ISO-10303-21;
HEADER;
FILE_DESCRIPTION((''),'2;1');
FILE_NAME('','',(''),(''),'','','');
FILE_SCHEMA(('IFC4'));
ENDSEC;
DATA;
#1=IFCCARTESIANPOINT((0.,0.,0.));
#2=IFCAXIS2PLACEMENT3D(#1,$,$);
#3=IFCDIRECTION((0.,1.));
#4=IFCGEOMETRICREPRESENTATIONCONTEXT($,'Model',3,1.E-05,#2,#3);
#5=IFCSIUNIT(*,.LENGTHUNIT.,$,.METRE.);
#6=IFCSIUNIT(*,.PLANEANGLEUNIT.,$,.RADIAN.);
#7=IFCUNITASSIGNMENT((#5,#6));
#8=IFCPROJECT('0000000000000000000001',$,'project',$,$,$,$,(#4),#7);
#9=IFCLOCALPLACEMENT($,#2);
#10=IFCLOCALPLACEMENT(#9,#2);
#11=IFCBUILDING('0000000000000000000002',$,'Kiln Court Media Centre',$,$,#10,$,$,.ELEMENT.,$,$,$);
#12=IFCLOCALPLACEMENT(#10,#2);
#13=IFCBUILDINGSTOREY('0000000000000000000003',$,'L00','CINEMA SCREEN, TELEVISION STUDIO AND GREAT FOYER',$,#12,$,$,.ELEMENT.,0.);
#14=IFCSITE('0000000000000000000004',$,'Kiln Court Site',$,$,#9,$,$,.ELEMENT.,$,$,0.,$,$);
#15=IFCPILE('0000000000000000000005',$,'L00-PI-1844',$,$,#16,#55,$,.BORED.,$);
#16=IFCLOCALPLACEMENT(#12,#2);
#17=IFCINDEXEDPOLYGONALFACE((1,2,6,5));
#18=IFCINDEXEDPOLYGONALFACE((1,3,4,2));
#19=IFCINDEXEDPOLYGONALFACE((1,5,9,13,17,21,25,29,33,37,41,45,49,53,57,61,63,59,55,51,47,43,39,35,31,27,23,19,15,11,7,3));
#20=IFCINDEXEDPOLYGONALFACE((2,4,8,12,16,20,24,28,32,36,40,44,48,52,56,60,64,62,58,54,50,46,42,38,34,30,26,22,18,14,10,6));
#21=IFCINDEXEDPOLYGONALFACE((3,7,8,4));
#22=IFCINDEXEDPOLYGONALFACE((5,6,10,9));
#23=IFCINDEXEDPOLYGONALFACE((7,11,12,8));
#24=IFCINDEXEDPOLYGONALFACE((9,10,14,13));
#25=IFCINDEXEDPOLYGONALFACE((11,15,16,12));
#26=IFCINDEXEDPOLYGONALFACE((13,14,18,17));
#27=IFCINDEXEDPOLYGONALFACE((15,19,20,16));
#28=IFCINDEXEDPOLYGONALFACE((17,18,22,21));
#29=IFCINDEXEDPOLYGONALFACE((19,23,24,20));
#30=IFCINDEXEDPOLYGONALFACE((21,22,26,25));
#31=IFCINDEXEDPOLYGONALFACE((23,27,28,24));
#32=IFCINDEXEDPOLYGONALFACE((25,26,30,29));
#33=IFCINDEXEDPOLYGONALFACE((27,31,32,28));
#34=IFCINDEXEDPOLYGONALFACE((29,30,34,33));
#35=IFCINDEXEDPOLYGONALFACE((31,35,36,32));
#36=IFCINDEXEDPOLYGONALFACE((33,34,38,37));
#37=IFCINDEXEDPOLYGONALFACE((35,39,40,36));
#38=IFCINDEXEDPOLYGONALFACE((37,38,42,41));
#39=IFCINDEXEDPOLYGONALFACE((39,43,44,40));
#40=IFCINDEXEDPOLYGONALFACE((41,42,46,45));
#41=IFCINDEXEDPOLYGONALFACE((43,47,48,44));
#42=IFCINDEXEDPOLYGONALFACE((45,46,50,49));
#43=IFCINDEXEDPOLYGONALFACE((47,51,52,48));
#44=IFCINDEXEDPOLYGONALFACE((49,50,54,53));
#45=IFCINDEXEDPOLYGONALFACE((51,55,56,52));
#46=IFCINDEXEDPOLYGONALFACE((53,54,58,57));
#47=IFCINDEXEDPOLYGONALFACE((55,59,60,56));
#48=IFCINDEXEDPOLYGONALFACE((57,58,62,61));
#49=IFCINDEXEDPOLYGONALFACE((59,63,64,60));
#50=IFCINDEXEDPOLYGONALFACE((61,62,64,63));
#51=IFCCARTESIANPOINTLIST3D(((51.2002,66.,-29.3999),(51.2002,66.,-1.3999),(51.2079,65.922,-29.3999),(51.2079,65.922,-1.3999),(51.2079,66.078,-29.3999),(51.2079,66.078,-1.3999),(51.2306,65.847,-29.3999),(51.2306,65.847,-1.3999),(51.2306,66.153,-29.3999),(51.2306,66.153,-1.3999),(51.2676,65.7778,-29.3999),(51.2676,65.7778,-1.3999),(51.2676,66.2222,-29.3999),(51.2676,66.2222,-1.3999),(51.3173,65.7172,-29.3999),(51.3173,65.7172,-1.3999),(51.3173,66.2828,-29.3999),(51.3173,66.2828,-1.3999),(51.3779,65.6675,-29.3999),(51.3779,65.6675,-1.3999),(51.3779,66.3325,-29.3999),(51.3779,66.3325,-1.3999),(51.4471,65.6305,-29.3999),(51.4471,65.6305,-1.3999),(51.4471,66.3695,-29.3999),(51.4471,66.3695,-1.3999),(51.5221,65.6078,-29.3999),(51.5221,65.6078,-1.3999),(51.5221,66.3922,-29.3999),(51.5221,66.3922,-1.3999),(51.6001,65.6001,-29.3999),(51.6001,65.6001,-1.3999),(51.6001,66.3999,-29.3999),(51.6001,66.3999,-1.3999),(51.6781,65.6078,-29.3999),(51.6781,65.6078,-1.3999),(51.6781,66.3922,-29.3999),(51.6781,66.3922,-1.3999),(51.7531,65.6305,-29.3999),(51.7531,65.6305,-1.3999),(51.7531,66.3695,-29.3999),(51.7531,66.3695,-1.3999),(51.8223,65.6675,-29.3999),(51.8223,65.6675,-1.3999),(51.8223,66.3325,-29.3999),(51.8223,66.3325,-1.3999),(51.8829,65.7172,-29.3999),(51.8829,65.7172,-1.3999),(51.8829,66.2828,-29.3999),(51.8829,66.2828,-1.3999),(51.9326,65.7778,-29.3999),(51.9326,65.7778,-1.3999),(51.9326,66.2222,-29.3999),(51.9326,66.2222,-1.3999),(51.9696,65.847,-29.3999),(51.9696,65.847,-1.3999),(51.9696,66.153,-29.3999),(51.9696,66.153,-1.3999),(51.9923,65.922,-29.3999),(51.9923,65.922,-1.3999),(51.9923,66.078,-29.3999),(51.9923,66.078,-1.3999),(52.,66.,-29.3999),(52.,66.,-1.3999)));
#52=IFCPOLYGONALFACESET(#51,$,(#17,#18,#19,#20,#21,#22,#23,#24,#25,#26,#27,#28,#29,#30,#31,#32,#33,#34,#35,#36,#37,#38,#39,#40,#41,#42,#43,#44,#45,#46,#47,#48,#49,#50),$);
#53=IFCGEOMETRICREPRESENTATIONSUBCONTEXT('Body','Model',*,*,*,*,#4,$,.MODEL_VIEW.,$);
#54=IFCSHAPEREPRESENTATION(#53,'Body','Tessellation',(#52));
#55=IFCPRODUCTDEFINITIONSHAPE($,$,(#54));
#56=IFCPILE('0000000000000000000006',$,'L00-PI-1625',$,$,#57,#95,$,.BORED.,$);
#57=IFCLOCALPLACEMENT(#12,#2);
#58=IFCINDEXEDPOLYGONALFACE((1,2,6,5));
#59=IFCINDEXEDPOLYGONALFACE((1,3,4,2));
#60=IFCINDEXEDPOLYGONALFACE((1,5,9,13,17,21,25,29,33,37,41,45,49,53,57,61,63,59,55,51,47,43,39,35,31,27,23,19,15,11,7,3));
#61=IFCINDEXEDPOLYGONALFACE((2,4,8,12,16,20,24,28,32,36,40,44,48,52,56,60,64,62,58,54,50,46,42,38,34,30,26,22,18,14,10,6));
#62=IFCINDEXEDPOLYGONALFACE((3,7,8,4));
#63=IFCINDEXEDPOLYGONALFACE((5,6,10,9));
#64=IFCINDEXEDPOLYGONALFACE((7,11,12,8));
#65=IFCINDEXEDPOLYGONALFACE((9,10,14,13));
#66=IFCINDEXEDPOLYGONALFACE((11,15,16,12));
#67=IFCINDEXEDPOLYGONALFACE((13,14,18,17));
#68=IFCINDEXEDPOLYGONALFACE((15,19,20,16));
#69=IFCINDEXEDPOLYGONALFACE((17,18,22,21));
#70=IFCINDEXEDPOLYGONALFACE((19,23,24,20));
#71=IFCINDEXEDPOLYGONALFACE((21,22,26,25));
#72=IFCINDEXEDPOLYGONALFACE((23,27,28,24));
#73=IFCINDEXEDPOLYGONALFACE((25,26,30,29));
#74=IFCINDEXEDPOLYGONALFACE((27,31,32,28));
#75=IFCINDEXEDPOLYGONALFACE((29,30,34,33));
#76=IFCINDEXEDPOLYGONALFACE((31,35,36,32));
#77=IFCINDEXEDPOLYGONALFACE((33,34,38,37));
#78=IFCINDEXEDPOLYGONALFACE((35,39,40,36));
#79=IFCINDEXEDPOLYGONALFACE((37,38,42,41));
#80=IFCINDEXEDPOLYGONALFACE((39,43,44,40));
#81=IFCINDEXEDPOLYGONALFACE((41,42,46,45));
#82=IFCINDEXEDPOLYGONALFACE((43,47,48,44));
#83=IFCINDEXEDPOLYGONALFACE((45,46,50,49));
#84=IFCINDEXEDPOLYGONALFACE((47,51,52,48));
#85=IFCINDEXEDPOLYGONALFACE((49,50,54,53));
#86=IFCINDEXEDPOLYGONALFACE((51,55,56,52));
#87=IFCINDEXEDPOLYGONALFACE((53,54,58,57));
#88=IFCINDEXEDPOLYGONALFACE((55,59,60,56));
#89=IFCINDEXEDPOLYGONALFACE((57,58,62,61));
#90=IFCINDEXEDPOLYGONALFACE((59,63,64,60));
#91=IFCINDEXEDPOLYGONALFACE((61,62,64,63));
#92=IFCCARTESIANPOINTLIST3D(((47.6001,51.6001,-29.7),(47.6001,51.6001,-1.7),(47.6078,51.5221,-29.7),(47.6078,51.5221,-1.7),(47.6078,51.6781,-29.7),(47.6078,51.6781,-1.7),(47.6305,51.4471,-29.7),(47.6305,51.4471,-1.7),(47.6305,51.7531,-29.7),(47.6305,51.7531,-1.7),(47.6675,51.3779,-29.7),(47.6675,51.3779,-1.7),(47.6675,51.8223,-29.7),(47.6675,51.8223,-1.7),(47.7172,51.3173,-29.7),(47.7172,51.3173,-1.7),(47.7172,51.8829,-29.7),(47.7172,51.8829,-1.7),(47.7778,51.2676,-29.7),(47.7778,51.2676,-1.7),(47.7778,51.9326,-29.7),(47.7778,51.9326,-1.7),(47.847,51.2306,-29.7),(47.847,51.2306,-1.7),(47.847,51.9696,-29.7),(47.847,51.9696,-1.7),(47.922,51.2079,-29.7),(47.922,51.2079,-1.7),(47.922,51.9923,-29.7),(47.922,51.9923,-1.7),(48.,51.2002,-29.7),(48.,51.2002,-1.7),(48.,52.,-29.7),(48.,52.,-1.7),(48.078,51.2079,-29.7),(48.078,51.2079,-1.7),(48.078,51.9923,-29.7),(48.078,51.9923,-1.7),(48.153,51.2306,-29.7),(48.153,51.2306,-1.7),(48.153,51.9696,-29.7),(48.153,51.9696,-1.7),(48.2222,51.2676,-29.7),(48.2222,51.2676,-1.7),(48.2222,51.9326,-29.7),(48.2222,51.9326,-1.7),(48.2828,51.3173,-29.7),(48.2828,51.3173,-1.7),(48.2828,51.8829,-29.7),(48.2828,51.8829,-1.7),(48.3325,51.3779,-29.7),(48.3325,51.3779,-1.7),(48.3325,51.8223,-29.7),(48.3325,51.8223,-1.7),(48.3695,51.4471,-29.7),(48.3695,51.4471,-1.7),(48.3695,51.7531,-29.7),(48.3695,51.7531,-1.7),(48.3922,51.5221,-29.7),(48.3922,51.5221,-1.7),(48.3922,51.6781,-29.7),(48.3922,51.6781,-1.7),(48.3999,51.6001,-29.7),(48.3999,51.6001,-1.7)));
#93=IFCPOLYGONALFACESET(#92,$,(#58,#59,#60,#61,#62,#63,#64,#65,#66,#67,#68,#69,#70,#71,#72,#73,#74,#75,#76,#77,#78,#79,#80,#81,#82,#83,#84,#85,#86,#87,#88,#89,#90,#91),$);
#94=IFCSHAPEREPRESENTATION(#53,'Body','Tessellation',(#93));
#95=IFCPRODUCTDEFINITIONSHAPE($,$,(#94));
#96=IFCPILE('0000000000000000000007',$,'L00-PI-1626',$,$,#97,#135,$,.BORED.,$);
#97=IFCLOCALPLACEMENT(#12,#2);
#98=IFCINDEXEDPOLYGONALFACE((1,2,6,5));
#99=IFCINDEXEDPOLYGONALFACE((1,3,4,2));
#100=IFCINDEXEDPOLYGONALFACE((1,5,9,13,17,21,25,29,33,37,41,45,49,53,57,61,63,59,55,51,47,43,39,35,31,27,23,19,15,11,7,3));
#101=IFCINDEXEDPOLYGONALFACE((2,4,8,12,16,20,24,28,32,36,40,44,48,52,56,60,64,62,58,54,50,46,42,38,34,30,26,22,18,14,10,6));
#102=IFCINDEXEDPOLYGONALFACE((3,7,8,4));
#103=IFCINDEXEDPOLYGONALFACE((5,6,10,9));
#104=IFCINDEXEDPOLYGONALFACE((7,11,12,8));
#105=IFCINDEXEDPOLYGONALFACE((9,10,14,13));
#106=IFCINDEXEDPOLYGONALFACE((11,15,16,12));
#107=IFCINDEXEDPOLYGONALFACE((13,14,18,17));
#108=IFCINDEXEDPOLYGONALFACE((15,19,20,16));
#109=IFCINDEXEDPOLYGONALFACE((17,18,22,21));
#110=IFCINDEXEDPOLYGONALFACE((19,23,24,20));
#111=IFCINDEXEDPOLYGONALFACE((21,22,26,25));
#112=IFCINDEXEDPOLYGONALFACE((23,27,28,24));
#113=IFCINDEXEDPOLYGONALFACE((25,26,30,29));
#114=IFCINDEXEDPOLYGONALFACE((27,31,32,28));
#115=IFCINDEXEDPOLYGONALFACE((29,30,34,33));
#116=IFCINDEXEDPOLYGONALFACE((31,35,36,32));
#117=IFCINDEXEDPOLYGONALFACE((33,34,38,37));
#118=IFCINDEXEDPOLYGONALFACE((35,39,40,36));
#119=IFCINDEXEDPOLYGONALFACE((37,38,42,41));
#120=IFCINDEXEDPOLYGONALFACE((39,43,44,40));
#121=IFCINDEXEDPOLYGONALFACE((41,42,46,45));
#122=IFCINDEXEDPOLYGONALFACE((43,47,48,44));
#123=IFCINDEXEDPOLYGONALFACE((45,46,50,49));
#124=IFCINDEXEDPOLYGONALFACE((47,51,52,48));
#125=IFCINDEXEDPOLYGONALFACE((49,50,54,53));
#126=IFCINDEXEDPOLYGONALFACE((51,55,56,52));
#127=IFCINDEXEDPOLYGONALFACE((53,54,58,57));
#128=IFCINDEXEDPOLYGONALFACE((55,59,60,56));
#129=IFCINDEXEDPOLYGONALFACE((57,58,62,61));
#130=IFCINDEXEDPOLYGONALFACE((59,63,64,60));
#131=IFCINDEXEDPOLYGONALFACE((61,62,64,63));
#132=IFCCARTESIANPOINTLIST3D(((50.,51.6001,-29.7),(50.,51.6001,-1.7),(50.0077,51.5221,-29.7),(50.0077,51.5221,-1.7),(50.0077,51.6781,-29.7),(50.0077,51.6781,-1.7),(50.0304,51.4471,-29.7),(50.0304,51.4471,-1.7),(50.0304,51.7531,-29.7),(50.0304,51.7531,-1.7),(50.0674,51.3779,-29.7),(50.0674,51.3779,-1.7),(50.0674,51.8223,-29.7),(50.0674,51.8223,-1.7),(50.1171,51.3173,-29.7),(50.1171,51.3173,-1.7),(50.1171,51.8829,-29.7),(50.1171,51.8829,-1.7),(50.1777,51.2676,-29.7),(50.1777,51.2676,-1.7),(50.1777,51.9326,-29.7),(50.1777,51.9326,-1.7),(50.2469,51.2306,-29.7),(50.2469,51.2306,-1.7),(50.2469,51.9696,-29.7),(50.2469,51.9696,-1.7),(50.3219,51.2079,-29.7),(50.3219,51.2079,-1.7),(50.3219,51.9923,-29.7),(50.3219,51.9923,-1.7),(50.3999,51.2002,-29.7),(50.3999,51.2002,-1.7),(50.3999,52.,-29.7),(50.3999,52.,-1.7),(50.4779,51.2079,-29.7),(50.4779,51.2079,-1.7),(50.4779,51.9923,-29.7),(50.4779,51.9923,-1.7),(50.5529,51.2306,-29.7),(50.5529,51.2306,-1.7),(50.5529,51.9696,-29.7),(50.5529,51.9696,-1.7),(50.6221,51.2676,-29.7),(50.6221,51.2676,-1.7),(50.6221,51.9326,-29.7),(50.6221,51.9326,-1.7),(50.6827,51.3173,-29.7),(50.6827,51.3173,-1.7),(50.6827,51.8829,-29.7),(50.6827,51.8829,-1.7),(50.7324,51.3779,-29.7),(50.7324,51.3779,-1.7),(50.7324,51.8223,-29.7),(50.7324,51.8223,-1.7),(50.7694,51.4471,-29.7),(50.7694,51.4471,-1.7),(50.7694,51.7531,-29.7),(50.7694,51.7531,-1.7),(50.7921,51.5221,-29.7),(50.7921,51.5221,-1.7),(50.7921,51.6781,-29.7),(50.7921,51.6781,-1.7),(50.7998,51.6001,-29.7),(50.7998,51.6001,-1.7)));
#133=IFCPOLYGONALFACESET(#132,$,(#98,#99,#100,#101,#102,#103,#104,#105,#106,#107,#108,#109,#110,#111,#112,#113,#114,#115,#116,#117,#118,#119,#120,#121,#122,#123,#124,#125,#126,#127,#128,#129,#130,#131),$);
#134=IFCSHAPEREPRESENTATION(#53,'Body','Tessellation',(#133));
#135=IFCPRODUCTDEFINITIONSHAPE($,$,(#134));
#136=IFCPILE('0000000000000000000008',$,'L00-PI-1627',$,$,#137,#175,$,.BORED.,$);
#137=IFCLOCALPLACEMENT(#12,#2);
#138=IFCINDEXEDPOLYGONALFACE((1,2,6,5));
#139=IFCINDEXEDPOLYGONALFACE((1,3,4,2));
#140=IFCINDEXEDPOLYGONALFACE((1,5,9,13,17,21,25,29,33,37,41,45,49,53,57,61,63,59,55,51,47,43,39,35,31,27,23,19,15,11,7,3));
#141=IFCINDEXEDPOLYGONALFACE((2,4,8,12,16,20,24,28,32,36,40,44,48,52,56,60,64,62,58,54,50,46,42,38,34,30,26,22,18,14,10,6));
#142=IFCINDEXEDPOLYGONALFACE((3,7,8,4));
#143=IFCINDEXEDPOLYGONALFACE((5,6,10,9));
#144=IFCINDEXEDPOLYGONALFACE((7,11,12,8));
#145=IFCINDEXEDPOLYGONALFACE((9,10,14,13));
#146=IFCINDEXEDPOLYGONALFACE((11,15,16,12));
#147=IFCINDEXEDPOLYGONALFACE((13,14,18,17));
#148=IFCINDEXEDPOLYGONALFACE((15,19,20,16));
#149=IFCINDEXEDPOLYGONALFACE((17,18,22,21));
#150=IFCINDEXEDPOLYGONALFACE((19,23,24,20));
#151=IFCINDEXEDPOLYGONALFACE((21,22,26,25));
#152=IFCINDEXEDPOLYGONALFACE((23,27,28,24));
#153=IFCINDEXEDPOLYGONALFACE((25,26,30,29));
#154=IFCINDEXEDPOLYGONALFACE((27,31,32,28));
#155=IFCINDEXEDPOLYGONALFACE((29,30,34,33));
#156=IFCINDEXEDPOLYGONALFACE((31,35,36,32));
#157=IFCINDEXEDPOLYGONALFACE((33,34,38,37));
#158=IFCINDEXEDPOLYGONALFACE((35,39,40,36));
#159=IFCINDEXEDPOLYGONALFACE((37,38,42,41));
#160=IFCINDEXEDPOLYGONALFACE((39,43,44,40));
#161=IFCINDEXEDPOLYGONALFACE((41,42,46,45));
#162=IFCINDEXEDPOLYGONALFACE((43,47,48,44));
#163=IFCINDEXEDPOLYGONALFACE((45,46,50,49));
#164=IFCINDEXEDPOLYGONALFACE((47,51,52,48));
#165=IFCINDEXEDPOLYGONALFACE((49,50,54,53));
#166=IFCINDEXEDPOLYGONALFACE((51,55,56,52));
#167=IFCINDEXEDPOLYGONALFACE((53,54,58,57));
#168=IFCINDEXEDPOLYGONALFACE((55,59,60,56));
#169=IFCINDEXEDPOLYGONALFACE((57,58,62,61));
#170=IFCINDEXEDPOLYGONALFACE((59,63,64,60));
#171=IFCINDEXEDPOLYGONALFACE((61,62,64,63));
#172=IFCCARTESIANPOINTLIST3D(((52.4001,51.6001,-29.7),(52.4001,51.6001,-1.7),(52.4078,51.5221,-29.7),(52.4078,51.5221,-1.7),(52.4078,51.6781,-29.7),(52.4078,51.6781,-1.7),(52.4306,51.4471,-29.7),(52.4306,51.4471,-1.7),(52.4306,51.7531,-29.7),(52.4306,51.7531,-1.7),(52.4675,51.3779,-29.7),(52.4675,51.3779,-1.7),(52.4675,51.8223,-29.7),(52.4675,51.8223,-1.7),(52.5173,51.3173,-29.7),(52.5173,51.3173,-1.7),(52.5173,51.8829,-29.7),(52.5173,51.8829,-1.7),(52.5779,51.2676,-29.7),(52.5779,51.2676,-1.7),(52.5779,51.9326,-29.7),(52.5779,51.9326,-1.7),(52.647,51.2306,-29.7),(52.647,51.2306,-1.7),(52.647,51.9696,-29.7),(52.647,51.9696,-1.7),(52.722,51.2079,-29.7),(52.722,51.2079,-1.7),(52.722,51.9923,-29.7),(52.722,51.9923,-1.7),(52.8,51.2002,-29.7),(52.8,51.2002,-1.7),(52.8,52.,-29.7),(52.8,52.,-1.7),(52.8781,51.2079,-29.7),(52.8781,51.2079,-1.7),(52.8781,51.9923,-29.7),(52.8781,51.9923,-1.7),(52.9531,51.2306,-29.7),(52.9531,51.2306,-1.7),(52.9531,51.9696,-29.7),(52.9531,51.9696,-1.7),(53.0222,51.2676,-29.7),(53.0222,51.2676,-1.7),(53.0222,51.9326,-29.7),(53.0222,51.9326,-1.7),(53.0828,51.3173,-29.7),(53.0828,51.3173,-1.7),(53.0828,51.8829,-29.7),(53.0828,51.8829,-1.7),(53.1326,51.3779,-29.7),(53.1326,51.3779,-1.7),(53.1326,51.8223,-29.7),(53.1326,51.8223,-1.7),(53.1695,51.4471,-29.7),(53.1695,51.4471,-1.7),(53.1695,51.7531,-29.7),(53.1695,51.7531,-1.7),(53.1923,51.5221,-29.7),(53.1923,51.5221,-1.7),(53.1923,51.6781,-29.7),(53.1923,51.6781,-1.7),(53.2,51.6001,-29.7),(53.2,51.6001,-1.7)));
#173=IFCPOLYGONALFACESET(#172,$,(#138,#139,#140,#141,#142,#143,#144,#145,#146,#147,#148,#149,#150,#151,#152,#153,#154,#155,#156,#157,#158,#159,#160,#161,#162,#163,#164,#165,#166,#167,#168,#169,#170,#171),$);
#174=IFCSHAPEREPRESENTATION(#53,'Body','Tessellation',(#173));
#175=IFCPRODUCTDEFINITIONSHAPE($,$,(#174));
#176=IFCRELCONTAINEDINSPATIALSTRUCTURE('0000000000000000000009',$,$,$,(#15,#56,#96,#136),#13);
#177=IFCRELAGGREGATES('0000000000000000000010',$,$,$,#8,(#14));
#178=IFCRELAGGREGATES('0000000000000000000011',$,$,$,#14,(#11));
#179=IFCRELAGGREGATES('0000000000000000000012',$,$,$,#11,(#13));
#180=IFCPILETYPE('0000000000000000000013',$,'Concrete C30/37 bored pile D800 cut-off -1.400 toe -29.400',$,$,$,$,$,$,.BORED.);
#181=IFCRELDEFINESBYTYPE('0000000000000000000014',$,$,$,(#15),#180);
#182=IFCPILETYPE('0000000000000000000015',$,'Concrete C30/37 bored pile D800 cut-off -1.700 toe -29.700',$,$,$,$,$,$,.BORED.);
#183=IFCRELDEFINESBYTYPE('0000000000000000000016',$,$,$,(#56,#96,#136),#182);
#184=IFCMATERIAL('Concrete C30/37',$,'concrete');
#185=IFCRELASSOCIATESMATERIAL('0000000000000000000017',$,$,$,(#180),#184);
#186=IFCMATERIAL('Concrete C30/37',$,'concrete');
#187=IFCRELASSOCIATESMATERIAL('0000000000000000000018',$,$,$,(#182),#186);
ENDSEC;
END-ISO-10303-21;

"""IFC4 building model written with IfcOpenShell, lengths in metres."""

from ifc_helpers import new_model, si_unit, direction, frame, origin, origin_2d, place, context, subcontext, project, spatial, circle, extrude, material, material_profile, profile_set, type_object, element, save


model = new_model("IFC4")

# Units and contexts
model_context = context("Model", 3, precision=1e-05, world=origin(), true_north=direction((0.0, 1.0)))
body_context = subcontext(model_context, "Body", "Model", "MODEL_VIEW")
ifc_project = project(units=[si_unit("LENGTHUNIT", "METRE"), si_unit("PLANEANGLEUNIT", "RADIAN")], contexts=[model_context])

# Site, building, storey
site_placement = place(None, origin())
site = spatial("IfcSite", under=ifc_project, at=site_placement, Name="Kiln Court Site", CompositionType="ELEMENT", RefElevation=0.0)
building_placement = place(site_placement, origin())
building = spatial("IfcBuilding", under=site, at=building_placement, Name="Kiln Court Media Centre", CompositionType="ELEMENT")
storey_placement = place(building_placement, origin())
storey = spatial("IfcBuildingStorey", under=building, at=storey_placement, Name="L00", Description="CINEMA SCREEN, TELEVISION STUDIO AND GREAT FOYER", CompositionType="ELEMENT", Elevation=0.0)

# Piles
ifc_material_1 = material(Name="Concrete C30/37", Category="concrete")
ifc_material_profile_1 = material_profile(ifc_material_1, circle(Radius=0.3999, at=origin_2d()), Name="PILE D800")
ifc_profile_set_1 = profile_set([ifc_material_profile_1], Name="Concrete C30/37")
pile_type_1 = type_object("IfcPileType", Name="Concrete C30/37 bored pile D800 cut-off -1.400 toe -29.400", PredefinedType="BORED", material=ifc_profile_set_1)
for number, where, z_axis, x_axis, name in (
    (1, (51.6001, 66.0, -1.3999), (0.0, 0.0, -1.0), (1.0, 0.0, 0.0), "L00-PI-1844"),
):
    element("IfcPile", number, at=place(storey_placement, frame(where, z_axis=z_axis, x_axis=x_axis)), inside=storey, type_object=pile_type_1, Name=name, PredefinedType="BORED", context=body_context, shape_type="SweptSolid", body=[
        extrude(circle(Radius=0.3999, at=origin_2d()), origin(), (0.0, 0.0, 1.0), 28.0),
    ])
ifc_material_2 = material(Name="Concrete C30/37", Category="concrete")
ifc_material_profile_2 = material_profile(ifc_material_2, circle(Radius=0.3999, at=origin_2d()), Name="PILE D800")
ifc_profile_set_2 = profile_set([ifc_material_profile_2], Name="Concrete C30/37")
pile_type_2 = type_object("IfcPileType", Name="Concrete C30/37 bored pile D800 cut-off -1.700 toe -29.700", PredefinedType="BORED", material=ifc_profile_set_2)
for number, where, z_axis, x_axis, name in (
    (2, (48.0, 51.6001, -1.7), (0.0, 0.0, -1.0), (1.0, 0.0, 0.0), "L00-PI-1625"),
    (3, (50.3999, 51.6001, -1.7), (0.0, 0.0, -1.0), (1.0, 0.0, 0.0), "L00-PI-1626"),
    (4, (52.8, 51.6001, -1.7), (0.0, 0.0, -1.0), (1.0, 0.0, 0.0), "L00-PI-1627"),
):
    element("IfcPile", number, at=place(storey_placement, frame(where, z_axis=z_axis, x_axis=x_axis)), inside=storey, type_object=pile_type_2, Name=name, PredefinedType="BORED", context=body_context, shape_type="SweptSolid", body=[
        extrude(circle(Radius=0.3999, at=origin_2d()), origin(), (0.0, 0.0, 1.0), 28.0),
    ])

save(model, "model.ifc")
